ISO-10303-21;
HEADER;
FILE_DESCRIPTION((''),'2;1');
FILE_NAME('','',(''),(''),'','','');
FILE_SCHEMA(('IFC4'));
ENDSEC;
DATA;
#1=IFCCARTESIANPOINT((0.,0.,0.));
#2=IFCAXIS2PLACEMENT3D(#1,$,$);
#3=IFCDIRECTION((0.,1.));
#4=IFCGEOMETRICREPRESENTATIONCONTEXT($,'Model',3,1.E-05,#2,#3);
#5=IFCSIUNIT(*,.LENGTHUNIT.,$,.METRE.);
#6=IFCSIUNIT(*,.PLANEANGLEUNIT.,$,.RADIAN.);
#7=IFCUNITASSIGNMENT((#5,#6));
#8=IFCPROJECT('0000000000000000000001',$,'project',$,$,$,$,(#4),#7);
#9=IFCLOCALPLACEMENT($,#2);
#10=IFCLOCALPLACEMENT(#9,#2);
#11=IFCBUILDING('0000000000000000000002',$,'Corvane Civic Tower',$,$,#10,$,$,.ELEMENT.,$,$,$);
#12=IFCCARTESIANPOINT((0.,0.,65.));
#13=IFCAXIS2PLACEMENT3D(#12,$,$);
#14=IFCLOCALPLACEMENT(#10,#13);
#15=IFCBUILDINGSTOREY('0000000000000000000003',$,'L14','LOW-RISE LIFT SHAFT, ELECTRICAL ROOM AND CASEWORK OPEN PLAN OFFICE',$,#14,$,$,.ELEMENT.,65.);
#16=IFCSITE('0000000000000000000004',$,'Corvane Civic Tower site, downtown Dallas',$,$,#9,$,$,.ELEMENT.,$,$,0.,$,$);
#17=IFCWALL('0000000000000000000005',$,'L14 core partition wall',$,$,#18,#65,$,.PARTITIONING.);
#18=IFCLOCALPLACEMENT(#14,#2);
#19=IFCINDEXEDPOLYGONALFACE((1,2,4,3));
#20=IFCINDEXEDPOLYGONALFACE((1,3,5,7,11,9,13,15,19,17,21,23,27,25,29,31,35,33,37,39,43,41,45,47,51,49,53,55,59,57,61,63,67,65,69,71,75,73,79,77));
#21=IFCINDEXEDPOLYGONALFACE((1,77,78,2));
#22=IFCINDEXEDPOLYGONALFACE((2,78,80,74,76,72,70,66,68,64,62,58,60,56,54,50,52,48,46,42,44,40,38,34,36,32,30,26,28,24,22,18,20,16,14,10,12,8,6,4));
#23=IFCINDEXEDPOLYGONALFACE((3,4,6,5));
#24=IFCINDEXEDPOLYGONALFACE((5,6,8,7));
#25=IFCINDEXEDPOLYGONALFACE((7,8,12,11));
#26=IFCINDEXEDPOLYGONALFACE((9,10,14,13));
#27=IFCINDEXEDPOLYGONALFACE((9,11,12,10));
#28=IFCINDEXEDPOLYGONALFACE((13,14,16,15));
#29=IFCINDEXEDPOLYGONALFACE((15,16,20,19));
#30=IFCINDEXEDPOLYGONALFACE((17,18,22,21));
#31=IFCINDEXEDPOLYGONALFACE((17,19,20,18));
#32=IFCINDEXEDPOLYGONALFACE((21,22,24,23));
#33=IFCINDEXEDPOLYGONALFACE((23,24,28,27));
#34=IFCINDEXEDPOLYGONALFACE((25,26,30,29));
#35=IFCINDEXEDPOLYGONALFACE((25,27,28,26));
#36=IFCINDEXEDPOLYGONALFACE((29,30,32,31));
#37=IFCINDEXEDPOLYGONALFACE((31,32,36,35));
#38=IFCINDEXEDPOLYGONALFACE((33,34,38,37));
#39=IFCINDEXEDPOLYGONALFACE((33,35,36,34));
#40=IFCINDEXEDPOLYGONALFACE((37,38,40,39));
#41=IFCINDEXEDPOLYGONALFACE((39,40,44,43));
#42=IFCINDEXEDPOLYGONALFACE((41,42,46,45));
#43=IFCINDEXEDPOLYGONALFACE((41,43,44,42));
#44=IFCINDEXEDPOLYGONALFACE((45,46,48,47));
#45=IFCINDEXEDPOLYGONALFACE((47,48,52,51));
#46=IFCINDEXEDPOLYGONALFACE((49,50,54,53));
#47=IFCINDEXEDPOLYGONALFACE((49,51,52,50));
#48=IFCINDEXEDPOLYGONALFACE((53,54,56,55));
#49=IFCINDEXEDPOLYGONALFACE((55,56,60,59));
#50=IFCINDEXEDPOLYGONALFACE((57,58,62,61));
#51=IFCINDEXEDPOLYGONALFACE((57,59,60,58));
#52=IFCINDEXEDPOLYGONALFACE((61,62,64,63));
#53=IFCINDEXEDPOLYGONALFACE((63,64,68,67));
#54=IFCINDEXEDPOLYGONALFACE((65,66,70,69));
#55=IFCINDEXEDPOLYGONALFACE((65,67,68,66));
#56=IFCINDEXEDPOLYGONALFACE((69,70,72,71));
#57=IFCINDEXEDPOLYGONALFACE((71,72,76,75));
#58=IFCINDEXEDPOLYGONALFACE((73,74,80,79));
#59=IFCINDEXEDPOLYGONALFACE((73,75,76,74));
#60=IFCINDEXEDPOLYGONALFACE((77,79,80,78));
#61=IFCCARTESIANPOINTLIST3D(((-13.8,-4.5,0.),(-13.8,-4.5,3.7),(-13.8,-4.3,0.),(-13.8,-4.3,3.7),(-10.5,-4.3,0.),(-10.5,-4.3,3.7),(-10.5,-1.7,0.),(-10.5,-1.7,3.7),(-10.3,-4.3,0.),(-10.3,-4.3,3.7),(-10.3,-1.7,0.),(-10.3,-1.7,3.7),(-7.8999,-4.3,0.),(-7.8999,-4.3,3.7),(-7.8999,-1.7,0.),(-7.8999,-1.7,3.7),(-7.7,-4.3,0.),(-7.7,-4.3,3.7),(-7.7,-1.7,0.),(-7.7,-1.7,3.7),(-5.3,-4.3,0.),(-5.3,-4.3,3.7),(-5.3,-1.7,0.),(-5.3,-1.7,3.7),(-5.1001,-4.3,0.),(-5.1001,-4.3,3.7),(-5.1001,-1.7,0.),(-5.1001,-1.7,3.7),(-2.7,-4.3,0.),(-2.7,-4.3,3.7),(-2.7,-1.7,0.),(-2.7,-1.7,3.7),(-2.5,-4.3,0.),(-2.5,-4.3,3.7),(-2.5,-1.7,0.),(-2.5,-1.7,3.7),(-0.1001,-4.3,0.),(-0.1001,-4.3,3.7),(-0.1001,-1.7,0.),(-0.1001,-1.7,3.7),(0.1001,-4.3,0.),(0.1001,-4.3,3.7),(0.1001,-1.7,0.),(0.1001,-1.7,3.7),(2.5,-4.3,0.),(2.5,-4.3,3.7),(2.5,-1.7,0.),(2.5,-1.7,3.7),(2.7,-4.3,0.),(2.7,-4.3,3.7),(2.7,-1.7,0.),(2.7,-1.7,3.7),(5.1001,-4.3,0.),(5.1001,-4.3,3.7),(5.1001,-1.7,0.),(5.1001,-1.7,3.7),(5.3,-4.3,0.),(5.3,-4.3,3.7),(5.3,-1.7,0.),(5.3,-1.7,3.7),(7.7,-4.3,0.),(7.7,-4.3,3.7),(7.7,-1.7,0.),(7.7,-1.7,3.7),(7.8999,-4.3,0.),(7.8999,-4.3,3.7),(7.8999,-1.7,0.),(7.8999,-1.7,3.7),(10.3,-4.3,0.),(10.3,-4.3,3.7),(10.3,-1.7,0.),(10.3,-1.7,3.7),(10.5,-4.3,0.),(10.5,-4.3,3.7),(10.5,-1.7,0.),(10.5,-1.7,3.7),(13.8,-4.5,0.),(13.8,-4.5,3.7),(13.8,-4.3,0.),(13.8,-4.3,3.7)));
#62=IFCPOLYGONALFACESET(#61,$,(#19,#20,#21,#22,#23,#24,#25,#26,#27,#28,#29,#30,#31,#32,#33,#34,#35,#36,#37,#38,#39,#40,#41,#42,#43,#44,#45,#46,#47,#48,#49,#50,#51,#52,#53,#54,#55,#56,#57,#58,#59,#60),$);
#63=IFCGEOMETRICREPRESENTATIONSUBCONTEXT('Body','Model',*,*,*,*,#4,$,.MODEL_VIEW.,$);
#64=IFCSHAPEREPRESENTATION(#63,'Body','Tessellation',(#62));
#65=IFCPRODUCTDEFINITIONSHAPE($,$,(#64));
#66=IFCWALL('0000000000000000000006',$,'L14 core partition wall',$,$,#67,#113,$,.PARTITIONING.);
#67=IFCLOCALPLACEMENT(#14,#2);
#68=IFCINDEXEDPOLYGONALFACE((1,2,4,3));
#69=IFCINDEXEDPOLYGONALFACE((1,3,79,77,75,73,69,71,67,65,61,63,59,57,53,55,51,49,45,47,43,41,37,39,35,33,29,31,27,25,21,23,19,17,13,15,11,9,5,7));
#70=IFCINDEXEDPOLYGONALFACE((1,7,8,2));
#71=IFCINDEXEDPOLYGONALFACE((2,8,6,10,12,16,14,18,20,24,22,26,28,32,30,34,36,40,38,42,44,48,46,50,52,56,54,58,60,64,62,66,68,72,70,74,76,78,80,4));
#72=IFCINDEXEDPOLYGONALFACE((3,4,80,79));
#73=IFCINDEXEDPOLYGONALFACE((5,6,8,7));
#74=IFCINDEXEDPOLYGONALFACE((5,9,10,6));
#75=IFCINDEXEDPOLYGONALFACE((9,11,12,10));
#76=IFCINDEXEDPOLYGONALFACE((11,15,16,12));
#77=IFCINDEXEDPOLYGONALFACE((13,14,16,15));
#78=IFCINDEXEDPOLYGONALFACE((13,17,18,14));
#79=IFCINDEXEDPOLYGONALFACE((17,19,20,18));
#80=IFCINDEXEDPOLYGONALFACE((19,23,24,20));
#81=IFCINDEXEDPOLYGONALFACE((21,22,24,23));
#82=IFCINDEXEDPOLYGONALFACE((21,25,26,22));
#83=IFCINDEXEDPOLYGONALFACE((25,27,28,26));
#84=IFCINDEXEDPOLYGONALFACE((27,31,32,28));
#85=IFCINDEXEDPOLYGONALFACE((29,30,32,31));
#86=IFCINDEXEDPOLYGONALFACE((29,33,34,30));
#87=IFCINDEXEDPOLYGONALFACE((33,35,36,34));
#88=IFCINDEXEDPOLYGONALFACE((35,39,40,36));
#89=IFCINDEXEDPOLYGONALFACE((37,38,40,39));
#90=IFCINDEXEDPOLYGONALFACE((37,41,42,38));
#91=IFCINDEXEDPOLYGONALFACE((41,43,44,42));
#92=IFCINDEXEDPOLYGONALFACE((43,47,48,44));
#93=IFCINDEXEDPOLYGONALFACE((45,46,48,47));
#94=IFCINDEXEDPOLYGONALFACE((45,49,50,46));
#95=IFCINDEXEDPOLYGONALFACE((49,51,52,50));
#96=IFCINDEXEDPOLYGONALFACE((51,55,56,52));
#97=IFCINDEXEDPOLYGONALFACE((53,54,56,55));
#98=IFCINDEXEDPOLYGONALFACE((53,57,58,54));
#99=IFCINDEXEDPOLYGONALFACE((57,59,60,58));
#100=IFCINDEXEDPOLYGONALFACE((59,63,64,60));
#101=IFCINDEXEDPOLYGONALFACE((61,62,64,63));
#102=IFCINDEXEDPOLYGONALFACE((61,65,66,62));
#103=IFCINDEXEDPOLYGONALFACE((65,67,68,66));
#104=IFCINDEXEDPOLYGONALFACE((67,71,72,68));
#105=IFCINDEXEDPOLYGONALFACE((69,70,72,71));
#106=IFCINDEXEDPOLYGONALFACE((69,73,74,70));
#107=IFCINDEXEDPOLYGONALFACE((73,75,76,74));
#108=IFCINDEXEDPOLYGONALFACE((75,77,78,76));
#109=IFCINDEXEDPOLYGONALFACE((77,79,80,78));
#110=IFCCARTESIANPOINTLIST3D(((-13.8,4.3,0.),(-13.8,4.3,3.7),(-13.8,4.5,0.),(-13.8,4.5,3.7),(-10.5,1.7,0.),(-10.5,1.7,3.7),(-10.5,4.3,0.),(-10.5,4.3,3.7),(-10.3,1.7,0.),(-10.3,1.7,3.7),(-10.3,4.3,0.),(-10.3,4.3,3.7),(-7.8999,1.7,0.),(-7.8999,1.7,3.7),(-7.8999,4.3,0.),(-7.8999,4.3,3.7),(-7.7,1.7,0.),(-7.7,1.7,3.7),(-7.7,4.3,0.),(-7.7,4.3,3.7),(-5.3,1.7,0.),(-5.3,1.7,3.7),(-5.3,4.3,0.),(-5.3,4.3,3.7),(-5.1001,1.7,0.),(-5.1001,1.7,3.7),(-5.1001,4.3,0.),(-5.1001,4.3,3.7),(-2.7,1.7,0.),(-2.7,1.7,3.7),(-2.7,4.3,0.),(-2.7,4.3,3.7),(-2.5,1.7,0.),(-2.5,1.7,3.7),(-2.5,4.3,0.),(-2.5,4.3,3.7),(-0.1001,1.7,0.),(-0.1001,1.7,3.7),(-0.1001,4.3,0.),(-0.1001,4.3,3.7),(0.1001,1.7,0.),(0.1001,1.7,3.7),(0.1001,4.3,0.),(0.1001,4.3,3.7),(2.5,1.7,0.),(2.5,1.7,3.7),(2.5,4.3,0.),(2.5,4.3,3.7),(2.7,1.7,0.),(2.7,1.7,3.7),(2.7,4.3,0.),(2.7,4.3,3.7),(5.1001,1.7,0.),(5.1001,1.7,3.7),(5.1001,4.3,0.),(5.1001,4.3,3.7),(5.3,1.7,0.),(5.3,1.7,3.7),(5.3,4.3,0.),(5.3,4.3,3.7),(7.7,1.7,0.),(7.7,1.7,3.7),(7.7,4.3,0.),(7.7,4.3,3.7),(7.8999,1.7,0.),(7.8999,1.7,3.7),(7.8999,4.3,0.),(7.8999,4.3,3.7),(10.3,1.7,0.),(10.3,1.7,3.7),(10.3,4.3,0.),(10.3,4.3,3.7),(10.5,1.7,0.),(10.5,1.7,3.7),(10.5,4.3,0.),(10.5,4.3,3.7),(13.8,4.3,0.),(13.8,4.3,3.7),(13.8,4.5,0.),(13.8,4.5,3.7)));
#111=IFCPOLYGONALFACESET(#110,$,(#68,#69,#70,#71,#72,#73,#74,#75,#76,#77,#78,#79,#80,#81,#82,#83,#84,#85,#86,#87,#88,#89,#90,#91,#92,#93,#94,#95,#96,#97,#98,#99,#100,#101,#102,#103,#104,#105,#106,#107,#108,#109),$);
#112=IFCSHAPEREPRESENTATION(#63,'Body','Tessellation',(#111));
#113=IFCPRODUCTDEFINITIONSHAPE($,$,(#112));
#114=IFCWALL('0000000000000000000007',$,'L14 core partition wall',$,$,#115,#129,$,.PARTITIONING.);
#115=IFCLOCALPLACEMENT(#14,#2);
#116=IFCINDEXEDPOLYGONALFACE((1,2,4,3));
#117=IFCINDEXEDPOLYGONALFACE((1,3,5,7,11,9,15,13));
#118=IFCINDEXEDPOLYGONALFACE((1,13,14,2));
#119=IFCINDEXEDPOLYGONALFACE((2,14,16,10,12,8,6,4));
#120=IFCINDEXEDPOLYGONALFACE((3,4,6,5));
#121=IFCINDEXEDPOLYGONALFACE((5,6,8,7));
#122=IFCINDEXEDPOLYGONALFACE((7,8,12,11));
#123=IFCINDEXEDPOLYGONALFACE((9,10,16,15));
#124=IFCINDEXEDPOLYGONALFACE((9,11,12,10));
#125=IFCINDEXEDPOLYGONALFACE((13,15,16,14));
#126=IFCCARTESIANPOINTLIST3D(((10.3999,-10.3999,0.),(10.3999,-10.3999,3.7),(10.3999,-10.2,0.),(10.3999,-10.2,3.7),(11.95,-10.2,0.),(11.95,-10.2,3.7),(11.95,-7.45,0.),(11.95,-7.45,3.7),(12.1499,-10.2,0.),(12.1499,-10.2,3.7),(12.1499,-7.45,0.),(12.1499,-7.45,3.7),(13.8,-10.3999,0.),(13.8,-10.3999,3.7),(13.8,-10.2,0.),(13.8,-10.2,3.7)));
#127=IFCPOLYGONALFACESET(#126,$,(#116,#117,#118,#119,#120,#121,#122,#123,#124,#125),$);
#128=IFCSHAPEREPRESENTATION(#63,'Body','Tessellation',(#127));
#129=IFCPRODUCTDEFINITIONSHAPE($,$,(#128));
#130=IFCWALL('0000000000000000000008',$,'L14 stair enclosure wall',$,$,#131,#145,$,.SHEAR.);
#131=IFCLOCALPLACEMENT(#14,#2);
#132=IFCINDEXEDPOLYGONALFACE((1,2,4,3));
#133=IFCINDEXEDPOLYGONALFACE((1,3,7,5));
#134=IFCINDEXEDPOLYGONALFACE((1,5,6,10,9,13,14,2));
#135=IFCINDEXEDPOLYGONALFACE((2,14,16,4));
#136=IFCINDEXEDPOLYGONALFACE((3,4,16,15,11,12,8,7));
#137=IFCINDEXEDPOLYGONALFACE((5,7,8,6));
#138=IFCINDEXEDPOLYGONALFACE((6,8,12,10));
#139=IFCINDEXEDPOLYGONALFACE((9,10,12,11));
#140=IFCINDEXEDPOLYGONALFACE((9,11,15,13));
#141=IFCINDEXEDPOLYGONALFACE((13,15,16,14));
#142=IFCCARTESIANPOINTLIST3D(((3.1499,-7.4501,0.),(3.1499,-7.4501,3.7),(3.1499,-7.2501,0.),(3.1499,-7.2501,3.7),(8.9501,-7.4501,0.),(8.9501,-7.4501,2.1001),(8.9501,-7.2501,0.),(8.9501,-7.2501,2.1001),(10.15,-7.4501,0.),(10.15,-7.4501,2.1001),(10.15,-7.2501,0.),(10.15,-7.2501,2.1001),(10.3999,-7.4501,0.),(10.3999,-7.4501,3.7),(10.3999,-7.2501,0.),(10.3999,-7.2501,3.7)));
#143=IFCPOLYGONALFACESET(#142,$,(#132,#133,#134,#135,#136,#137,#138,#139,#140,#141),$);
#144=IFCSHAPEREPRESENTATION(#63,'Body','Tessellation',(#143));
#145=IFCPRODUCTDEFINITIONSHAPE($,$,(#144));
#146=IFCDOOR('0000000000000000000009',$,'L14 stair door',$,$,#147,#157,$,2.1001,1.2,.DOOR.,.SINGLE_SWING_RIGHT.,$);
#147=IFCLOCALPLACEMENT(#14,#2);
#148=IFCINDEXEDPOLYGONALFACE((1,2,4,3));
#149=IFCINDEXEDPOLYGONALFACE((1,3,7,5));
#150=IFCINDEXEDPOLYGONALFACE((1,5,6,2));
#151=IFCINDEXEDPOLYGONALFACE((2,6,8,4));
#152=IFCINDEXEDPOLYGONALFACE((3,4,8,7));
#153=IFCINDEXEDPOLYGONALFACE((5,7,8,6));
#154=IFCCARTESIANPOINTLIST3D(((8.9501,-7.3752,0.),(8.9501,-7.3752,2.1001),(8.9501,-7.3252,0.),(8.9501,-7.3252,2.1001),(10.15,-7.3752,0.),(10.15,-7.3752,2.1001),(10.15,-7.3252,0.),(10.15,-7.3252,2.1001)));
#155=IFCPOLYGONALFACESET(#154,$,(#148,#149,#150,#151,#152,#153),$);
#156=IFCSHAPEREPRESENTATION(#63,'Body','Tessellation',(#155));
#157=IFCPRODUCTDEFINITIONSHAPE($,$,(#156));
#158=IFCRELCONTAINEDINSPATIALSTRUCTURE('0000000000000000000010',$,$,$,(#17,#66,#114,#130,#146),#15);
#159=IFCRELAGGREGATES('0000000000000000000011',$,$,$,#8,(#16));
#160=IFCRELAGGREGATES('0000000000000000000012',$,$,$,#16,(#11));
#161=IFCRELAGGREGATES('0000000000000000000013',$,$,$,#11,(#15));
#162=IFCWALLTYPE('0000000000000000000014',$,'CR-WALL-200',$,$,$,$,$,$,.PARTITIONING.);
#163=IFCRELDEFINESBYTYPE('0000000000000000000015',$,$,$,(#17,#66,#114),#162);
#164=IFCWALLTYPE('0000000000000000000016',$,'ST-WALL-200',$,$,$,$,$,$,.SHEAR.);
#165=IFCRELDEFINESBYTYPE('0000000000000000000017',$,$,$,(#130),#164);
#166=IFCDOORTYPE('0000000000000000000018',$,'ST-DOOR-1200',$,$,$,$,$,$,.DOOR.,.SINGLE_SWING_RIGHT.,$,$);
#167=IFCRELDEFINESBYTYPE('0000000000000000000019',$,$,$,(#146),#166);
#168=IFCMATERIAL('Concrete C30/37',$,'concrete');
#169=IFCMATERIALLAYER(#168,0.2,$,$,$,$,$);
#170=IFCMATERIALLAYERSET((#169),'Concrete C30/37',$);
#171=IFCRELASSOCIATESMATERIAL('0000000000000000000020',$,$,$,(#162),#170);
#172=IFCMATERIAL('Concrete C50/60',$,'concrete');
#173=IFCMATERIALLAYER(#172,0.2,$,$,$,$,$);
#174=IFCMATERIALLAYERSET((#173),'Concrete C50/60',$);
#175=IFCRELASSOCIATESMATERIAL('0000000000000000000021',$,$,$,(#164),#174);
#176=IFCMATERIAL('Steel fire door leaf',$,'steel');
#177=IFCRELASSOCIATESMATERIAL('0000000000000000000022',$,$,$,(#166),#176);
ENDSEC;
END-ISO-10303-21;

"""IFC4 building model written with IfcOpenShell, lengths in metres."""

from ifc_helpers import new_model, si_unit, direction, frame, frame_2d, origin, place, context, subcontext, project, spatial, polyline, rectangle, outline, extrude, material, layer, layer_set, type_object, element, fill, save


model = new_model("IFC4")

# Units and contexts
model_context = context("Model", 3, precision=1e-05, world=origin(), true_north=direction((0.0, 1.0)))
body_context = subcontext(model_context, "Body", "Model", "MODEL_VIEW")
ifc_project = project(units=[si_unit("LENGTHUNIT", "METRE"), si_unit("PLANEANGLEUNIT", "RADIAN")], contexts=[model_context])

# Site, building, storey
site_placement = place(None, origin())
site = spatial("IfcSite", under=ifc_project, at=site_placement, Name="Corvane Civic Tower site, downtown Dallas", CompositionType="ELEMENT", RefElevation=0.0)
building_placement = place(site_placement, origin())
building = spatial("IfcBuilding", under=site, at=building_placement, Name="Corvane Civic Tower", CompositionType="ELEMENT")
storey_placement = place(building_placement, frame((0.0, 0.0, 65.0)))
storey = spatial("IfcBuildingStorey", under=building, at=storey_placement, Name="L14", Description="LOW-RISE LIFT SHAFT, ELECTRICAL ROOM AND CASEWORK OPEN PLAN OFFICE", CompositionType="ELEMENT", Elevation=65.0)

# Shared definitions
ifc_material_1 = material(Name="Concrete C30/37", Category="concrete")
ifc_layer_1 = layer(ifc_material_1, 0.2)
ifc_layer_set_1 = layer_set([ifc_layer_1], Name="Concrete C30/37")
wall_type_1 = type_object("IfcWallType", Name="CR-WALL-200", PredefinedType="PARTITIONING", material=ifc_layer_set_1)

# Walls
wall_1_placement = place(storey_placement, origin())
element("IfcWall", 1, at=wall_1_placement, inside=storey, type_object=wall_type_1, Name="L14 core partition wall", PredefinedType="PARTITIONING", context=body_context, shape_type="SweptSolid", body=[
    extrude(outline(polyline([(-10.3, -1.7), (-10.3, -4.3), (-7.8999, -4.3), (-7.8999, -1.7), (-7.7, -1.7), (-7.7, -4.3), (-5.3, -4.3), (-5.3, -1.7), (-5.1001, -1.7), (-5.1001, -4.3), (-2.7, -4.3), (-2.7, -1.7), (-2.5, -1.7), (-2.5, -4.3), (-0.1001, -4.3), (-0.1001, -1.7), (0.1001, -1.7), (0.1001, -4.3), (2.5, -4.3), (2.5, -1.7), (2.7, -1.7), (2.7, -4.3), (5.1001, -4.3), (5.1001, -1.7), (5.3, -1.7), (5.3, -4.3), (7.7, -4.3), (7.7, -1.7), (7.8999, -1.7), (7.8999, -4.3), (10.3, -4.3), (10.3, -1.7), (10.5, -1.7), (10.5, -4.3), (13.8, -4.3), (13.8, -4.5), (-13.8, -4.5), (-13.8, -4.3), (-10.5, -4.3), (-10.5, -1.7), (-10.3, -1.7)])), origin(), (0.0, 0.0, 1.0), 3.7),
])
wall_2_placement = place(storey_placement, origin())
element("IfcWall", 2, at=wall_2_placement, inside=storey, type_object=wall_type_1, Name="L14 core partition wall", PredefinedType="PARTITIONING", context=body_context, shape_type="SweptSolid", body=[
    extrude(outline(polyline([(-10.3, 1.7), (-10.5, 1.7), (-10.5, 4.3), (-13.8, 4.3), (-13.8, 4.5), (13.8, 4.5), (13.8, 4.3), (10.5, 4.3), (10.5, 1.7), (10.3, 1.7), (10.3, 4.3), (7.8999, 4.3), (7.8999, 1.7), (7.7, 1.7), (7.7, 4.3), (5.3, 4.3), (5.3, 1.7), (5.1001, 1.7), (5.1001, 4.3), (2.7, 4.3), (2.7, 1.7), (2.5, 1.7), (2.5, 4.3), (0.1001, 4.3), (0.1001, 1.7), (-0.1001, 1.7), (-0.1001, 4.3), (-2.5, 4.3), (-2.5, 1.7), (-2.7, 1.7), (-2.7, 4.3), (-5.1001, 4.3), (-5.1001, 1.7), (-5.3, 1.7), (-5.3, 4.3), (-7.7, 4.3), (-7.7, 1.7), (-7.8999, 1.7), (-7.8999, 4.3), (-10.3, 4.3), (-10.3, 1.7)])), origin(), (0.0, 0.0, 1.0), 3.7),
])
wall_3_placement = place(storey_placement, origin())
element("IfcWall", 3, at=wall_3_placement, inside=storey, type_object=wall_type_1, Name="L14 core partition wall", PredefinedType="PARTITIONING", context=body_context, shape_type="SweptSolid", body=[
    extrude(outline(polyline([(11.95, -7.45), (12.1499, -7.45), (12.1499, -10.2), (13.8, -10.2), (13.8, -10.3999), (10.3999, -10.3999), (10.3999, -10.2), (11.95, -10.2), (11.95, -7.45)])), origin(), (0.0, 0.0, 1.0), 3.7),
])

# Wall, opening, door
ifc_material_2 = material(Name="Concrete C50/60", Category="concrete")
ifc_layer_2 = layer(ifc_material_2, 0.2)
ifc_layer_set_2 = layer_set([ifc_layer_2], Name="Concrete C50/60")
wall_type_2 = type_object("IfcWallType", Name="ST-WALL-200", PredefinedType="SHEAR", material=ifc_layer_set_2)
wall_4_placement = place(storey_placement, frame((3.1499, -7.3501, 0.0), z_axis=(0.0, 0.0, 1.0), x_axis=(1.0, 0.0, 0.0)))
wall_4 = element("IfcWall", 4, at=wall_4_placement, inside=storey, type_object=wall_type_2, Name="L14 stair enclosure wall", PredefinedType="SHEAR", context=body_context, shape_type="SweptSolid", body=[
    extrude(rectangle(XDim=7.25, YDim=0.2, at=frame_2d((3.625, 0.0))), origin(), (0.0, 0.0, 1.0), 3.7),
])
opening_1_placement = place(wall_4_placement, frame((5.8, 0.0, 0.0)))
opening_1 = element("IfcOpeningElement", 5, at=opening_1_placement, cuts=wall_4, PredefinedType="OPENING", context=body_context, shape_type="SweptSolid", body=[
    extrude(rectangle(XDim=1.2, YDim=2.1001, at=frame_2d((0.6001, 1.05))), frame((0.0, 0.1099, 0.0), z_axis=(0.0, -1.0, 0.0), x_axis=(1.0, 0.0, 0.0)), (0.0, 0.0, 1.0), 0.22),
])
ifc_material_3 = material(Name="Steel fire door leaf", Category="steel")
door_type_1 = type_object("IfcDoorType", Name="ST-DOOR-1200", OperationType="SINGLE_SWING_RIGHT", PredefinedType="DOOR", material=ifc_material_3)
door_1_placement = place(opening_1_placement, origin())
door_1 = element("IfcDoor", 6, at=door_1_placement, inside=storey, type_object=door_type_1, Name="L14 stair door", OperationType="SINGLE_SWING_RIGHT", OverallHeight=2.1001, OverallWidth=1.2, PredefinedType="DOOR", context=body_context, shape_type="SweptSolid", body=[
    extrude(rectangle(XDim=1.2, YDim=2.1001, at=frame_2d((0.6001, 1.05))), frame((0.0, 0.0249, 0.0), z_axis=(0.0, -1.0, 0.0), x_axis=(1.0, 0.0, 0.0)), (0.0, 0.0, 1.0), 0.05),
])
fill(opening_1, door_1)

save(model, "model.ifc")
